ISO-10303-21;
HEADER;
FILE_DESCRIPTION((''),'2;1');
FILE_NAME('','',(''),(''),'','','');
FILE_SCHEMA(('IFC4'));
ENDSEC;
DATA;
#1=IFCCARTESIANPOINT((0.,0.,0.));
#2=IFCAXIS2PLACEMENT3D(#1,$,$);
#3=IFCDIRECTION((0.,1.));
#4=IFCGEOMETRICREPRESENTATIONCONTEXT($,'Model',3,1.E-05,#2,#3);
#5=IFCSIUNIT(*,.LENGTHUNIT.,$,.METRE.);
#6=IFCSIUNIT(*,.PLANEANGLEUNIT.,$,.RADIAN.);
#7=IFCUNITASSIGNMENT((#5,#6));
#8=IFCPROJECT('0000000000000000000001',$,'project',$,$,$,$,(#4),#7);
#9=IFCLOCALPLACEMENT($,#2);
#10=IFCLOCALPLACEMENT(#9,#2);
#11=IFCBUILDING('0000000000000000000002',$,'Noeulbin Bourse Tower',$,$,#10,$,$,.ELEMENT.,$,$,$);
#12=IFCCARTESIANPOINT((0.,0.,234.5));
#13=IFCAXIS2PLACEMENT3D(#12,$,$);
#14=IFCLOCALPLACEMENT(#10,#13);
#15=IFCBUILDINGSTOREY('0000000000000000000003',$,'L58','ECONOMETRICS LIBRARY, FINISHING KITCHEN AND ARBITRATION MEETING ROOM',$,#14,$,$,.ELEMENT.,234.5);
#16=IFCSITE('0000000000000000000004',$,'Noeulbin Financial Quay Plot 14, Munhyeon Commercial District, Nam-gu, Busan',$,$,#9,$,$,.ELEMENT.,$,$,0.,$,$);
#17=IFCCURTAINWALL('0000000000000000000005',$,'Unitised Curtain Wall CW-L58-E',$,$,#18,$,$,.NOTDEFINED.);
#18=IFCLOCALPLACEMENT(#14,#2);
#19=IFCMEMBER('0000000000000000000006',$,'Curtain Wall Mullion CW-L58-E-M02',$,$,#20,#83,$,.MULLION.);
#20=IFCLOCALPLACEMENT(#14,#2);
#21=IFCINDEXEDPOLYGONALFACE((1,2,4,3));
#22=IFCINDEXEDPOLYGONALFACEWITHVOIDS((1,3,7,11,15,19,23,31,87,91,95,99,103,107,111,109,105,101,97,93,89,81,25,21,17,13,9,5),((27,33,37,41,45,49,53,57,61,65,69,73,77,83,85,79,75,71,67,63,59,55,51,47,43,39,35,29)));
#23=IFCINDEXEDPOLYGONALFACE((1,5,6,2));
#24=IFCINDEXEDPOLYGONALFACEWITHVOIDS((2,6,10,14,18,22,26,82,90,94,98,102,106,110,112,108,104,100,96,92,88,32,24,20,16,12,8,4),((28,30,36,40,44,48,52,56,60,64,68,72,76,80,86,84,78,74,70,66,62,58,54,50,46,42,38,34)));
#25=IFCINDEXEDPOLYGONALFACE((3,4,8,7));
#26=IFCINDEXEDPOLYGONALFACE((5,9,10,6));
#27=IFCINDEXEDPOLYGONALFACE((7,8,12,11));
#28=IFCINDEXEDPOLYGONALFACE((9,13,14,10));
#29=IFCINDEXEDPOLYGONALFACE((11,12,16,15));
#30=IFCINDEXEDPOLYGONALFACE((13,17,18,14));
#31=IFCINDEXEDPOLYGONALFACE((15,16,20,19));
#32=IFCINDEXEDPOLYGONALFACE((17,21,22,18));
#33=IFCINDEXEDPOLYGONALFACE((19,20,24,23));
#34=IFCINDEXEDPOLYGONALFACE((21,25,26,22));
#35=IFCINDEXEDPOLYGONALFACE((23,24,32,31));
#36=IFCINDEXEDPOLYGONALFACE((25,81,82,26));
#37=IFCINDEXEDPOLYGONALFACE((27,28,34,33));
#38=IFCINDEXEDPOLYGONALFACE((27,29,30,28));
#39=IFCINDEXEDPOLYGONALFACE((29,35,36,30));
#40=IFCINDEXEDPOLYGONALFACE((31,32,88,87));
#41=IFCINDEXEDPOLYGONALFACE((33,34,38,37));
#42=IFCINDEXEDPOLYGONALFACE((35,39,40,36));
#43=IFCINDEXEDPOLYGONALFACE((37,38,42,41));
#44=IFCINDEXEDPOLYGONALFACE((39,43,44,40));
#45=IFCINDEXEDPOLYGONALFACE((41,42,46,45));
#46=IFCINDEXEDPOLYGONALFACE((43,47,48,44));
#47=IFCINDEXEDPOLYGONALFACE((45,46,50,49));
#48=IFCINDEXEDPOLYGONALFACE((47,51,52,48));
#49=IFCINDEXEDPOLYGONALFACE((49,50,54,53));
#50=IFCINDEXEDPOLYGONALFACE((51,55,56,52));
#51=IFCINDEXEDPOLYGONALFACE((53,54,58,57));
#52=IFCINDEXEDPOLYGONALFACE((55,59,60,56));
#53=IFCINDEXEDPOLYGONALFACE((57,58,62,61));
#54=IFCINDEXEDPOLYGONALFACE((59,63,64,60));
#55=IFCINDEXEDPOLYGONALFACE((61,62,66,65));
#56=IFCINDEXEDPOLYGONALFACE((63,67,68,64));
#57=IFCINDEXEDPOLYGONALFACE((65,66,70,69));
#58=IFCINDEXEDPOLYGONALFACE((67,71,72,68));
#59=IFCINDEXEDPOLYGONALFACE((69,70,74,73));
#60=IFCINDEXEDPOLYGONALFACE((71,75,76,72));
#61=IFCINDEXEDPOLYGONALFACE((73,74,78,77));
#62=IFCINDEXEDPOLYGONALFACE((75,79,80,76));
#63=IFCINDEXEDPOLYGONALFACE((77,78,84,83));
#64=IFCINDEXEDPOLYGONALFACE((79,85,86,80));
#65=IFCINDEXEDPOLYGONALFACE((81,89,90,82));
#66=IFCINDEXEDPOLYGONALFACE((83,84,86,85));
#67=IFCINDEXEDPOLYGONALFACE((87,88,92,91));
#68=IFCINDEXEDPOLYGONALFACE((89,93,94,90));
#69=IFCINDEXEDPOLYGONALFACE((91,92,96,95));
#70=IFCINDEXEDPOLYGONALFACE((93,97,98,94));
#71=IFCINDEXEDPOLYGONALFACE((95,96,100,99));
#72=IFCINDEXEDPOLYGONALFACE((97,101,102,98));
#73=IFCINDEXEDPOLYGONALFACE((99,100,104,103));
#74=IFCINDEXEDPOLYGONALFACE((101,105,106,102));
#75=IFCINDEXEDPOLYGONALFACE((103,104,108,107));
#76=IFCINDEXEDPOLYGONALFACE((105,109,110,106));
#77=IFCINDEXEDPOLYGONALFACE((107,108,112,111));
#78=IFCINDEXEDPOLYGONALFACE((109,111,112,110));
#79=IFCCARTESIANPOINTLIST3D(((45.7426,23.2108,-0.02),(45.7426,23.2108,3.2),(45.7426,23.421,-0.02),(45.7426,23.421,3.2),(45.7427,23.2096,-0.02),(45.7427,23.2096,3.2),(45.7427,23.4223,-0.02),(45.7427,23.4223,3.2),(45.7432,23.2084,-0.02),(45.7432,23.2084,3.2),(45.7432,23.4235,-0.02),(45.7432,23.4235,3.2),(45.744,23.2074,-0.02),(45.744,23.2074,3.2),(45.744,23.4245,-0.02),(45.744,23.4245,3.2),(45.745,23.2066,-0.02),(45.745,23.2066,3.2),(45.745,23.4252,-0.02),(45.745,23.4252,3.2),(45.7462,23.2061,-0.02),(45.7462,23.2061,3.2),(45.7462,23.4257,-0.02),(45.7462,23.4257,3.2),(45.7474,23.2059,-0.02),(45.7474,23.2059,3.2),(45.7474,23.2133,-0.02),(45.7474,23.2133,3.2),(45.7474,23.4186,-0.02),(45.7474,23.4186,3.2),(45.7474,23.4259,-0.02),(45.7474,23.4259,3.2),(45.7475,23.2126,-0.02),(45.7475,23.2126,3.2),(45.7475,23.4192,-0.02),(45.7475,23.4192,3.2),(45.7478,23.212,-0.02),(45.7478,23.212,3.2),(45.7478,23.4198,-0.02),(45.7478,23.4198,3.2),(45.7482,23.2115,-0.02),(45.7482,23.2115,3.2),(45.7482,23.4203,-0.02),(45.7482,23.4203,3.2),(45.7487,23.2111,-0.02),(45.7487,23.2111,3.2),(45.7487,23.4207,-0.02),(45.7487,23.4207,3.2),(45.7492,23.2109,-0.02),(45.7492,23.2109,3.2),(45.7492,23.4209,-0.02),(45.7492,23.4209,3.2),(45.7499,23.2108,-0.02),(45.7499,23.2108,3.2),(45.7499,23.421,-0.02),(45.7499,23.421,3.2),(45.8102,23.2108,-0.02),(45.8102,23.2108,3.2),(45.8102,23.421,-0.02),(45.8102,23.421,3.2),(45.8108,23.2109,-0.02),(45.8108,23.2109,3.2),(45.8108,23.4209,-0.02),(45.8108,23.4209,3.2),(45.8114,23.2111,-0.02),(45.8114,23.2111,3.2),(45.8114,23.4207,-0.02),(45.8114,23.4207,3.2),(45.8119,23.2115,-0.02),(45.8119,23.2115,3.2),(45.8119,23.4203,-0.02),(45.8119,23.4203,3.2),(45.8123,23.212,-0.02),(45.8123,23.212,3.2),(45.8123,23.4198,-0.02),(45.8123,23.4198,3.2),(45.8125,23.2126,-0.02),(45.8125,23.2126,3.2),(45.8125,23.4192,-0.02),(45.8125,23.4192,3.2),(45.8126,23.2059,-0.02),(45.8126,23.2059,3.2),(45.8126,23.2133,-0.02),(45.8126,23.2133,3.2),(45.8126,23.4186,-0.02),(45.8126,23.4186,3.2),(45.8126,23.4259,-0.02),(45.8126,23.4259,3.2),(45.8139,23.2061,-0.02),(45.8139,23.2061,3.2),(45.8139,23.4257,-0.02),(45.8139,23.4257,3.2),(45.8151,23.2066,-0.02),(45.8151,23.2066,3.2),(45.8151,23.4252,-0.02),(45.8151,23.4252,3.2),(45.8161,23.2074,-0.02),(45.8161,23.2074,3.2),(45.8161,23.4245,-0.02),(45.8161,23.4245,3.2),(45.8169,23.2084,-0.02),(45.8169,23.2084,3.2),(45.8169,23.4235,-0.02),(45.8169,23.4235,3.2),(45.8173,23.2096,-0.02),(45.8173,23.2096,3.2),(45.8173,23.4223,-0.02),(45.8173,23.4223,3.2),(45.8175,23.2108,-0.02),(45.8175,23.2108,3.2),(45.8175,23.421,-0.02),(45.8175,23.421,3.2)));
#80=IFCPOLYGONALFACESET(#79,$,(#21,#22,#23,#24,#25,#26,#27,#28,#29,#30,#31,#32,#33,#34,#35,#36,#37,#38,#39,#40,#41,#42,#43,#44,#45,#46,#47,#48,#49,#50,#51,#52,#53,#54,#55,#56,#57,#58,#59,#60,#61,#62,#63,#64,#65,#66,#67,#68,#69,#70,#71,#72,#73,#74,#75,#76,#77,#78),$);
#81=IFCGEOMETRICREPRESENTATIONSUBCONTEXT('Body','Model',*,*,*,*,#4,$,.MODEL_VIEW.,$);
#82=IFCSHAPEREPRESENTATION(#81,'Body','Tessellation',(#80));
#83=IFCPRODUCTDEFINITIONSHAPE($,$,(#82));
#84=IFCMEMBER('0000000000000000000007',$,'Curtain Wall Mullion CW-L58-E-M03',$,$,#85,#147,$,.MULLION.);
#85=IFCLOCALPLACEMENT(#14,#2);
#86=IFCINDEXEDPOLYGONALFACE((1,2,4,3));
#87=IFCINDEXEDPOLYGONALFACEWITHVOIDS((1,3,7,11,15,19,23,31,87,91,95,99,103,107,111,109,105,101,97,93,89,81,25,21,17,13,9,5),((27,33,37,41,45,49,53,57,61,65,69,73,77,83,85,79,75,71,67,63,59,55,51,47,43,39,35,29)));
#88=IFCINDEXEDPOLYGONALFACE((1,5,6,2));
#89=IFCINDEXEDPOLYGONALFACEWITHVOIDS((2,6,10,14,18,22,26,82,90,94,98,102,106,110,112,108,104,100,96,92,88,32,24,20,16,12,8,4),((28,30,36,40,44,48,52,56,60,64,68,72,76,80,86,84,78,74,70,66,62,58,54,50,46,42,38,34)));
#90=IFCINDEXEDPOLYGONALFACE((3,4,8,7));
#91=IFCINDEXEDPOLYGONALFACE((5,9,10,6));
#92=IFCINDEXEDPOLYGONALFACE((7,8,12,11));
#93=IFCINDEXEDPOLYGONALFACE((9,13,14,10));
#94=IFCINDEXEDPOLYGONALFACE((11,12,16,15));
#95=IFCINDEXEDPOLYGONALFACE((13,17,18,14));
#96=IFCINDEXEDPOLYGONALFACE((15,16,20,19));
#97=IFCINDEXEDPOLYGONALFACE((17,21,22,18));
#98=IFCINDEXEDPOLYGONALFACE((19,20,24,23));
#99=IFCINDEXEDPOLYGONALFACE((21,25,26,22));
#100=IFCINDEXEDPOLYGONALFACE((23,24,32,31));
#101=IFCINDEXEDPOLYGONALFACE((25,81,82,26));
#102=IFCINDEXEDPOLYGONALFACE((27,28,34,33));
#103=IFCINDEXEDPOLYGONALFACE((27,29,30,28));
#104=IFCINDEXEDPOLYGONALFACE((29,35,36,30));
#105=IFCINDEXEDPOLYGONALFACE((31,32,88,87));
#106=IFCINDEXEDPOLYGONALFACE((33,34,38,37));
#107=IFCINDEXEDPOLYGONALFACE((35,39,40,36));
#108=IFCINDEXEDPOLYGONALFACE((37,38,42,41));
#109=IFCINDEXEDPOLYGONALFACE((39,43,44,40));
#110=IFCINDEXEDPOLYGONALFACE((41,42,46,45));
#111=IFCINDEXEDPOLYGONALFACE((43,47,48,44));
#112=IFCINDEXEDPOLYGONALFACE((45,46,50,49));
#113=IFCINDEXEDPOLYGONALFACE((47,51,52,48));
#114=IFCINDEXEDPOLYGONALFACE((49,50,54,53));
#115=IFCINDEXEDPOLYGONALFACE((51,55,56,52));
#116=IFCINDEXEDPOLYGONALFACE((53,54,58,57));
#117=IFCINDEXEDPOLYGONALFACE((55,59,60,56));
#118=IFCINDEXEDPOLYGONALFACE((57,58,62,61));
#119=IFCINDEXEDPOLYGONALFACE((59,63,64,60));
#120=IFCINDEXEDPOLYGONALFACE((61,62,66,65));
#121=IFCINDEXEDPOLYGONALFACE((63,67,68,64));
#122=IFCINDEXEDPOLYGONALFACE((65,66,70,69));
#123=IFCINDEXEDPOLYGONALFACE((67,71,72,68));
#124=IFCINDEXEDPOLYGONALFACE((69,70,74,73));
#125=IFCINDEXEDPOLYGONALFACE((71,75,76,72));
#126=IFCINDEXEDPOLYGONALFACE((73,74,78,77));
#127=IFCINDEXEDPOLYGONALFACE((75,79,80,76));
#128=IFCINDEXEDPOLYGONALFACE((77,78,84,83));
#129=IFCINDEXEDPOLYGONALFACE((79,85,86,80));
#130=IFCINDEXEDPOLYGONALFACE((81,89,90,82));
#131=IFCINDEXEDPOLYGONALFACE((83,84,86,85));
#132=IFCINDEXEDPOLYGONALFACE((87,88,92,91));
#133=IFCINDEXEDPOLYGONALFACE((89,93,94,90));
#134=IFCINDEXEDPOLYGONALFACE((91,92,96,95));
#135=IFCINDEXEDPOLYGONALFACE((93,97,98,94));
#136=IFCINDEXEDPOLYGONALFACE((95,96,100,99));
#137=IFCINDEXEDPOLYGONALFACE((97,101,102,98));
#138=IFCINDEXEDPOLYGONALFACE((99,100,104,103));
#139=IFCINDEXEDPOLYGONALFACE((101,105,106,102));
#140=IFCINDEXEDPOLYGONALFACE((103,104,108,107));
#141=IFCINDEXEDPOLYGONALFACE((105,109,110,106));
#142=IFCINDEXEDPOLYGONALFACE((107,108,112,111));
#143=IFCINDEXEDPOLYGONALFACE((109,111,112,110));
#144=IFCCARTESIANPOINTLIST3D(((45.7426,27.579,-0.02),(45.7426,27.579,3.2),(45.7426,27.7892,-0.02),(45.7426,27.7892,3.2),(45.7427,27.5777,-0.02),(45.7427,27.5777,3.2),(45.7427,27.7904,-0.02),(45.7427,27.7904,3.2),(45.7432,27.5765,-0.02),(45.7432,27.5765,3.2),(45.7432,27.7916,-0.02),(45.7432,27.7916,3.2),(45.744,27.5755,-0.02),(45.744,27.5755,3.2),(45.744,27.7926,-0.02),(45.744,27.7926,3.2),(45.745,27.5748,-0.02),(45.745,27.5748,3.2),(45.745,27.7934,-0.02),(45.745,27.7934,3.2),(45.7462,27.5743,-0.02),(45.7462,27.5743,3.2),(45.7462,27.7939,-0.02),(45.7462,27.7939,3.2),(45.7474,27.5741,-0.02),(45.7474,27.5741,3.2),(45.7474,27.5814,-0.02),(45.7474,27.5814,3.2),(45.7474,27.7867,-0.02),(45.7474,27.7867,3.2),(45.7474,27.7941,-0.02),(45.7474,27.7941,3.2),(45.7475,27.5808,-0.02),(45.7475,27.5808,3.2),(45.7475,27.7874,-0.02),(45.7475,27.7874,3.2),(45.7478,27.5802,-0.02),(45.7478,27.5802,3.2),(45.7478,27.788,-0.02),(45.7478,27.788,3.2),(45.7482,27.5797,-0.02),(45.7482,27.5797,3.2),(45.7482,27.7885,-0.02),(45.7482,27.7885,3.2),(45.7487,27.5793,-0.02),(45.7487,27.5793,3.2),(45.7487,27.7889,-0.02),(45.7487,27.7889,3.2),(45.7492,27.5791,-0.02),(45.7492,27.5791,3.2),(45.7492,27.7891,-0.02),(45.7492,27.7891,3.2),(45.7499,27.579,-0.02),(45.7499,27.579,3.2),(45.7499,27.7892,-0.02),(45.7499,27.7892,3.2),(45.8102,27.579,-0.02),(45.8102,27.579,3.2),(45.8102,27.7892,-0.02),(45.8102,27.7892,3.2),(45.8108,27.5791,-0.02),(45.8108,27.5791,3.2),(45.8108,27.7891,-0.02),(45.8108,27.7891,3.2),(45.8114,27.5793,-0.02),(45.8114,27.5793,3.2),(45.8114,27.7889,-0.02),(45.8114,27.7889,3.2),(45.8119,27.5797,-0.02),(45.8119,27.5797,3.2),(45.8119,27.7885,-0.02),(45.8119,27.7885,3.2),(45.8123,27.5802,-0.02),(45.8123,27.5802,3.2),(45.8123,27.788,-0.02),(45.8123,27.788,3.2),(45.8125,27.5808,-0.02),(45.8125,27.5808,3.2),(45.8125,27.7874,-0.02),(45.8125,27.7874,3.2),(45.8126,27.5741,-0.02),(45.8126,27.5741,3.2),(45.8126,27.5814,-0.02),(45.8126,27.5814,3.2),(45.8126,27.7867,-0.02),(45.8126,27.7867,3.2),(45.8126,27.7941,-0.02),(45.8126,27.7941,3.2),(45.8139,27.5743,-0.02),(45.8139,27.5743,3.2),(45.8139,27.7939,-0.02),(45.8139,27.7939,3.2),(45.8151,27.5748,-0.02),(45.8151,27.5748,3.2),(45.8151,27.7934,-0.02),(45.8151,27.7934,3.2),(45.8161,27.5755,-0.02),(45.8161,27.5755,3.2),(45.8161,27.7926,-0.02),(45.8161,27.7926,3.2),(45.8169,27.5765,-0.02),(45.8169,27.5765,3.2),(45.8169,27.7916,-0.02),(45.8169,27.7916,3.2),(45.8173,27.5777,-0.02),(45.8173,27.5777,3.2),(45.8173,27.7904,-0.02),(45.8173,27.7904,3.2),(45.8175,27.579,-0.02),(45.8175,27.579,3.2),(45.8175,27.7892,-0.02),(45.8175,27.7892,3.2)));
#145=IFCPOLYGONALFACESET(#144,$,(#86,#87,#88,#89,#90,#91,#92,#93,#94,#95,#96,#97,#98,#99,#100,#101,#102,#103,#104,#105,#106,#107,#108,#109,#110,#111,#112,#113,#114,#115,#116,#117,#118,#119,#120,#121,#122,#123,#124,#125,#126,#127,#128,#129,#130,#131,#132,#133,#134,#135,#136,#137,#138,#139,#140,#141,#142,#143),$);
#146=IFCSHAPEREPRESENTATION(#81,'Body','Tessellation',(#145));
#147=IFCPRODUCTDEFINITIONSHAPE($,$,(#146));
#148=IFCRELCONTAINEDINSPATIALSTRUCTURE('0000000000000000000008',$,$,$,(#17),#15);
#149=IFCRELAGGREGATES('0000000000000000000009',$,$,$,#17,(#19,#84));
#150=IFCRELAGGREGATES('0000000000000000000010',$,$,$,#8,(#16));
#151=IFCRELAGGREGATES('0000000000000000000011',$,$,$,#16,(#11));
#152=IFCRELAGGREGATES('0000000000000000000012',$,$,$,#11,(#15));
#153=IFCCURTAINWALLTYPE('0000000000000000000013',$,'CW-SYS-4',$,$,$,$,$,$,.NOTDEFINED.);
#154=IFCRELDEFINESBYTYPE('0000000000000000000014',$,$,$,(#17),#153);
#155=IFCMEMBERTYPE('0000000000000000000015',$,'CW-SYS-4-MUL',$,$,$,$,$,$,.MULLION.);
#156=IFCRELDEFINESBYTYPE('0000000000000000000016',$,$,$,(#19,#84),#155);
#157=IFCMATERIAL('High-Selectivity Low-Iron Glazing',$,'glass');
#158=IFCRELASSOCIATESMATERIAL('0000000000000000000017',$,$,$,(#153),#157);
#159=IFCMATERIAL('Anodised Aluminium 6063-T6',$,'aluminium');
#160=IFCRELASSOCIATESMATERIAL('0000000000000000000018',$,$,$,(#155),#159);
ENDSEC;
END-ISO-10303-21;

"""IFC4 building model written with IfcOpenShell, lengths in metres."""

from ifc_helpers import new_model, si_unit, direction, frame, origin, origin_2d, place, context, subcontext, project, spatial, hollow_rectangle, extrude, material, material_profile, profile_set, type_object, element, aggregate, save


model = new_model("IFC4")

# Units and contexts
model_context = context("Model", 3, precision=1e-05, world=origin(), true_north=direction((0.0, 1.0)))
body_context = subcontext(model_context, "Body", "Model", "MODEL_VIEW")
ifc_project = project(units=[si_unit("LENGTHUNIT", "METRE"), si_unit("PLANEANGLEUNIT", "RADIAN")], contexts=[model_context])

# Site, building, storey
site_placement = place(None, origin())
site = spatial("IfcSite", under=ifc_project, at=site_placement, Name="Noeulbin Financial Quay Plot 14, Munhyeon Commercial District, Nam-gu, Busan", CompositionType="ELEMENT", RefElevation=0.0)
building_placement = place(site_placement, origin())
building = spatial("IfcBuilding", under=site, at=building_placement, Name="Noeulbin Bourse Tower", CompositionType="ELEMENT")
storey_placement = place(building_placement, frame((0.0, 0.0, 234.5)))
storey = spatial("IfcBuildingStorey", under=building, at=storey_placement, Name="L58", Description="ECONOMETRICS LIBRARY, FINISHING KITCHEN AND ARBITRATION MEETING ROOM", CompositionType="ELEMENT", Elevation=234.5)

# Curtain wall, members
ifc_material_1 = material(Name="High-Selectivity Low-Iron Glazing", Category="glass")
curtain_wall_type = type_object("IfcCurtainWallType", Name="CW-SYS-4", PredefinedType="NOTDEFINED", material=ifc_material_1)
ifc_material_2 = material(Name="Anodised Aluminium 6063-T6", Category="aluminium")
ifc_material_profile_1 = material_profile(ifc_material_2, hollow_rectangle(XDim=0.075, YDim=0.22, WallThickness=0.0049, InnerFilletRadius=0.0024, OuterFilletRadius=0.0049, at=origin_2d()), Name="ALU-MULL-75x220x5", Category="LoadBearing")
ifc_profile_set_1 = profile_set([ifc_material_profile_1], Name="Anodised Aluminium 6063-T6")
member_type_1 = type_object("IfcMemberType", Name="CW-SYS-4-MUL", PredefinedType="MULLION", material=ifc_profile_set_1)
curtain_wall_1_placement = place(storey_placement, origin())
curtain_wall_1 = element("IfcCurtainWall", 1, at=curtain_wall_1_placement, inside=storey, type_object=curtain_wall_type, Name="Unitised Curtain Wall CW-L58-E", PredefinedType="NOTDEFINED")
member_1_placement = place(storey_placement, frame((45.78, 23.3159, -0.02), z_axis=(0.0, 0.0, 1.0), x_axis=(1.0, 0.0, 0.0)))
member_1 = element("IfcMember", 2, at=member_1_placement, type_object=member_type_1, Name="Curtain Wall Mullion CW-L58-E-M02", PredefinedType="MULLION", context=body_context, shape_type="SweptSolid", body=[
    extrude(hollow_rectangle(XDim=0.075, YDim=0.22, WallThickness=0.0049, InnerFilletRadius=0.0024, OuterFilletRadius=0.0049, at=origin_2d()), origin(), (0.0, 0.0, 1.0), 3.22),
])
member_2_placement = place(storey_placement, frame((45.78, 27.6841, -0.02), z_axis=(0.0, 0.0, 1.0), x_axis=(1.0, 0.0, 0.0)))
member_2 = element("IfcMember", 3, at=member_2_placement, type_object=member_type_1, Name="Curtain Wall Mullion CW-L58-E-M03", PredefinedType="MULLION", context=body_context, shape_type="SweptSolid", body=[
    extrude(hollow_rectangle(XDim=0.075, YDim=0.22, WallThickness=0.0049, InnerFilletRadius=0.0024, OuterFilletRadius=0.0049, at=origin_2d()), origin(), (0.0, 0.0, 1.0), 3.22),
])

aggregate(curtain_wall_1, [member_1, member_2])

save(model, "model.ifc")
